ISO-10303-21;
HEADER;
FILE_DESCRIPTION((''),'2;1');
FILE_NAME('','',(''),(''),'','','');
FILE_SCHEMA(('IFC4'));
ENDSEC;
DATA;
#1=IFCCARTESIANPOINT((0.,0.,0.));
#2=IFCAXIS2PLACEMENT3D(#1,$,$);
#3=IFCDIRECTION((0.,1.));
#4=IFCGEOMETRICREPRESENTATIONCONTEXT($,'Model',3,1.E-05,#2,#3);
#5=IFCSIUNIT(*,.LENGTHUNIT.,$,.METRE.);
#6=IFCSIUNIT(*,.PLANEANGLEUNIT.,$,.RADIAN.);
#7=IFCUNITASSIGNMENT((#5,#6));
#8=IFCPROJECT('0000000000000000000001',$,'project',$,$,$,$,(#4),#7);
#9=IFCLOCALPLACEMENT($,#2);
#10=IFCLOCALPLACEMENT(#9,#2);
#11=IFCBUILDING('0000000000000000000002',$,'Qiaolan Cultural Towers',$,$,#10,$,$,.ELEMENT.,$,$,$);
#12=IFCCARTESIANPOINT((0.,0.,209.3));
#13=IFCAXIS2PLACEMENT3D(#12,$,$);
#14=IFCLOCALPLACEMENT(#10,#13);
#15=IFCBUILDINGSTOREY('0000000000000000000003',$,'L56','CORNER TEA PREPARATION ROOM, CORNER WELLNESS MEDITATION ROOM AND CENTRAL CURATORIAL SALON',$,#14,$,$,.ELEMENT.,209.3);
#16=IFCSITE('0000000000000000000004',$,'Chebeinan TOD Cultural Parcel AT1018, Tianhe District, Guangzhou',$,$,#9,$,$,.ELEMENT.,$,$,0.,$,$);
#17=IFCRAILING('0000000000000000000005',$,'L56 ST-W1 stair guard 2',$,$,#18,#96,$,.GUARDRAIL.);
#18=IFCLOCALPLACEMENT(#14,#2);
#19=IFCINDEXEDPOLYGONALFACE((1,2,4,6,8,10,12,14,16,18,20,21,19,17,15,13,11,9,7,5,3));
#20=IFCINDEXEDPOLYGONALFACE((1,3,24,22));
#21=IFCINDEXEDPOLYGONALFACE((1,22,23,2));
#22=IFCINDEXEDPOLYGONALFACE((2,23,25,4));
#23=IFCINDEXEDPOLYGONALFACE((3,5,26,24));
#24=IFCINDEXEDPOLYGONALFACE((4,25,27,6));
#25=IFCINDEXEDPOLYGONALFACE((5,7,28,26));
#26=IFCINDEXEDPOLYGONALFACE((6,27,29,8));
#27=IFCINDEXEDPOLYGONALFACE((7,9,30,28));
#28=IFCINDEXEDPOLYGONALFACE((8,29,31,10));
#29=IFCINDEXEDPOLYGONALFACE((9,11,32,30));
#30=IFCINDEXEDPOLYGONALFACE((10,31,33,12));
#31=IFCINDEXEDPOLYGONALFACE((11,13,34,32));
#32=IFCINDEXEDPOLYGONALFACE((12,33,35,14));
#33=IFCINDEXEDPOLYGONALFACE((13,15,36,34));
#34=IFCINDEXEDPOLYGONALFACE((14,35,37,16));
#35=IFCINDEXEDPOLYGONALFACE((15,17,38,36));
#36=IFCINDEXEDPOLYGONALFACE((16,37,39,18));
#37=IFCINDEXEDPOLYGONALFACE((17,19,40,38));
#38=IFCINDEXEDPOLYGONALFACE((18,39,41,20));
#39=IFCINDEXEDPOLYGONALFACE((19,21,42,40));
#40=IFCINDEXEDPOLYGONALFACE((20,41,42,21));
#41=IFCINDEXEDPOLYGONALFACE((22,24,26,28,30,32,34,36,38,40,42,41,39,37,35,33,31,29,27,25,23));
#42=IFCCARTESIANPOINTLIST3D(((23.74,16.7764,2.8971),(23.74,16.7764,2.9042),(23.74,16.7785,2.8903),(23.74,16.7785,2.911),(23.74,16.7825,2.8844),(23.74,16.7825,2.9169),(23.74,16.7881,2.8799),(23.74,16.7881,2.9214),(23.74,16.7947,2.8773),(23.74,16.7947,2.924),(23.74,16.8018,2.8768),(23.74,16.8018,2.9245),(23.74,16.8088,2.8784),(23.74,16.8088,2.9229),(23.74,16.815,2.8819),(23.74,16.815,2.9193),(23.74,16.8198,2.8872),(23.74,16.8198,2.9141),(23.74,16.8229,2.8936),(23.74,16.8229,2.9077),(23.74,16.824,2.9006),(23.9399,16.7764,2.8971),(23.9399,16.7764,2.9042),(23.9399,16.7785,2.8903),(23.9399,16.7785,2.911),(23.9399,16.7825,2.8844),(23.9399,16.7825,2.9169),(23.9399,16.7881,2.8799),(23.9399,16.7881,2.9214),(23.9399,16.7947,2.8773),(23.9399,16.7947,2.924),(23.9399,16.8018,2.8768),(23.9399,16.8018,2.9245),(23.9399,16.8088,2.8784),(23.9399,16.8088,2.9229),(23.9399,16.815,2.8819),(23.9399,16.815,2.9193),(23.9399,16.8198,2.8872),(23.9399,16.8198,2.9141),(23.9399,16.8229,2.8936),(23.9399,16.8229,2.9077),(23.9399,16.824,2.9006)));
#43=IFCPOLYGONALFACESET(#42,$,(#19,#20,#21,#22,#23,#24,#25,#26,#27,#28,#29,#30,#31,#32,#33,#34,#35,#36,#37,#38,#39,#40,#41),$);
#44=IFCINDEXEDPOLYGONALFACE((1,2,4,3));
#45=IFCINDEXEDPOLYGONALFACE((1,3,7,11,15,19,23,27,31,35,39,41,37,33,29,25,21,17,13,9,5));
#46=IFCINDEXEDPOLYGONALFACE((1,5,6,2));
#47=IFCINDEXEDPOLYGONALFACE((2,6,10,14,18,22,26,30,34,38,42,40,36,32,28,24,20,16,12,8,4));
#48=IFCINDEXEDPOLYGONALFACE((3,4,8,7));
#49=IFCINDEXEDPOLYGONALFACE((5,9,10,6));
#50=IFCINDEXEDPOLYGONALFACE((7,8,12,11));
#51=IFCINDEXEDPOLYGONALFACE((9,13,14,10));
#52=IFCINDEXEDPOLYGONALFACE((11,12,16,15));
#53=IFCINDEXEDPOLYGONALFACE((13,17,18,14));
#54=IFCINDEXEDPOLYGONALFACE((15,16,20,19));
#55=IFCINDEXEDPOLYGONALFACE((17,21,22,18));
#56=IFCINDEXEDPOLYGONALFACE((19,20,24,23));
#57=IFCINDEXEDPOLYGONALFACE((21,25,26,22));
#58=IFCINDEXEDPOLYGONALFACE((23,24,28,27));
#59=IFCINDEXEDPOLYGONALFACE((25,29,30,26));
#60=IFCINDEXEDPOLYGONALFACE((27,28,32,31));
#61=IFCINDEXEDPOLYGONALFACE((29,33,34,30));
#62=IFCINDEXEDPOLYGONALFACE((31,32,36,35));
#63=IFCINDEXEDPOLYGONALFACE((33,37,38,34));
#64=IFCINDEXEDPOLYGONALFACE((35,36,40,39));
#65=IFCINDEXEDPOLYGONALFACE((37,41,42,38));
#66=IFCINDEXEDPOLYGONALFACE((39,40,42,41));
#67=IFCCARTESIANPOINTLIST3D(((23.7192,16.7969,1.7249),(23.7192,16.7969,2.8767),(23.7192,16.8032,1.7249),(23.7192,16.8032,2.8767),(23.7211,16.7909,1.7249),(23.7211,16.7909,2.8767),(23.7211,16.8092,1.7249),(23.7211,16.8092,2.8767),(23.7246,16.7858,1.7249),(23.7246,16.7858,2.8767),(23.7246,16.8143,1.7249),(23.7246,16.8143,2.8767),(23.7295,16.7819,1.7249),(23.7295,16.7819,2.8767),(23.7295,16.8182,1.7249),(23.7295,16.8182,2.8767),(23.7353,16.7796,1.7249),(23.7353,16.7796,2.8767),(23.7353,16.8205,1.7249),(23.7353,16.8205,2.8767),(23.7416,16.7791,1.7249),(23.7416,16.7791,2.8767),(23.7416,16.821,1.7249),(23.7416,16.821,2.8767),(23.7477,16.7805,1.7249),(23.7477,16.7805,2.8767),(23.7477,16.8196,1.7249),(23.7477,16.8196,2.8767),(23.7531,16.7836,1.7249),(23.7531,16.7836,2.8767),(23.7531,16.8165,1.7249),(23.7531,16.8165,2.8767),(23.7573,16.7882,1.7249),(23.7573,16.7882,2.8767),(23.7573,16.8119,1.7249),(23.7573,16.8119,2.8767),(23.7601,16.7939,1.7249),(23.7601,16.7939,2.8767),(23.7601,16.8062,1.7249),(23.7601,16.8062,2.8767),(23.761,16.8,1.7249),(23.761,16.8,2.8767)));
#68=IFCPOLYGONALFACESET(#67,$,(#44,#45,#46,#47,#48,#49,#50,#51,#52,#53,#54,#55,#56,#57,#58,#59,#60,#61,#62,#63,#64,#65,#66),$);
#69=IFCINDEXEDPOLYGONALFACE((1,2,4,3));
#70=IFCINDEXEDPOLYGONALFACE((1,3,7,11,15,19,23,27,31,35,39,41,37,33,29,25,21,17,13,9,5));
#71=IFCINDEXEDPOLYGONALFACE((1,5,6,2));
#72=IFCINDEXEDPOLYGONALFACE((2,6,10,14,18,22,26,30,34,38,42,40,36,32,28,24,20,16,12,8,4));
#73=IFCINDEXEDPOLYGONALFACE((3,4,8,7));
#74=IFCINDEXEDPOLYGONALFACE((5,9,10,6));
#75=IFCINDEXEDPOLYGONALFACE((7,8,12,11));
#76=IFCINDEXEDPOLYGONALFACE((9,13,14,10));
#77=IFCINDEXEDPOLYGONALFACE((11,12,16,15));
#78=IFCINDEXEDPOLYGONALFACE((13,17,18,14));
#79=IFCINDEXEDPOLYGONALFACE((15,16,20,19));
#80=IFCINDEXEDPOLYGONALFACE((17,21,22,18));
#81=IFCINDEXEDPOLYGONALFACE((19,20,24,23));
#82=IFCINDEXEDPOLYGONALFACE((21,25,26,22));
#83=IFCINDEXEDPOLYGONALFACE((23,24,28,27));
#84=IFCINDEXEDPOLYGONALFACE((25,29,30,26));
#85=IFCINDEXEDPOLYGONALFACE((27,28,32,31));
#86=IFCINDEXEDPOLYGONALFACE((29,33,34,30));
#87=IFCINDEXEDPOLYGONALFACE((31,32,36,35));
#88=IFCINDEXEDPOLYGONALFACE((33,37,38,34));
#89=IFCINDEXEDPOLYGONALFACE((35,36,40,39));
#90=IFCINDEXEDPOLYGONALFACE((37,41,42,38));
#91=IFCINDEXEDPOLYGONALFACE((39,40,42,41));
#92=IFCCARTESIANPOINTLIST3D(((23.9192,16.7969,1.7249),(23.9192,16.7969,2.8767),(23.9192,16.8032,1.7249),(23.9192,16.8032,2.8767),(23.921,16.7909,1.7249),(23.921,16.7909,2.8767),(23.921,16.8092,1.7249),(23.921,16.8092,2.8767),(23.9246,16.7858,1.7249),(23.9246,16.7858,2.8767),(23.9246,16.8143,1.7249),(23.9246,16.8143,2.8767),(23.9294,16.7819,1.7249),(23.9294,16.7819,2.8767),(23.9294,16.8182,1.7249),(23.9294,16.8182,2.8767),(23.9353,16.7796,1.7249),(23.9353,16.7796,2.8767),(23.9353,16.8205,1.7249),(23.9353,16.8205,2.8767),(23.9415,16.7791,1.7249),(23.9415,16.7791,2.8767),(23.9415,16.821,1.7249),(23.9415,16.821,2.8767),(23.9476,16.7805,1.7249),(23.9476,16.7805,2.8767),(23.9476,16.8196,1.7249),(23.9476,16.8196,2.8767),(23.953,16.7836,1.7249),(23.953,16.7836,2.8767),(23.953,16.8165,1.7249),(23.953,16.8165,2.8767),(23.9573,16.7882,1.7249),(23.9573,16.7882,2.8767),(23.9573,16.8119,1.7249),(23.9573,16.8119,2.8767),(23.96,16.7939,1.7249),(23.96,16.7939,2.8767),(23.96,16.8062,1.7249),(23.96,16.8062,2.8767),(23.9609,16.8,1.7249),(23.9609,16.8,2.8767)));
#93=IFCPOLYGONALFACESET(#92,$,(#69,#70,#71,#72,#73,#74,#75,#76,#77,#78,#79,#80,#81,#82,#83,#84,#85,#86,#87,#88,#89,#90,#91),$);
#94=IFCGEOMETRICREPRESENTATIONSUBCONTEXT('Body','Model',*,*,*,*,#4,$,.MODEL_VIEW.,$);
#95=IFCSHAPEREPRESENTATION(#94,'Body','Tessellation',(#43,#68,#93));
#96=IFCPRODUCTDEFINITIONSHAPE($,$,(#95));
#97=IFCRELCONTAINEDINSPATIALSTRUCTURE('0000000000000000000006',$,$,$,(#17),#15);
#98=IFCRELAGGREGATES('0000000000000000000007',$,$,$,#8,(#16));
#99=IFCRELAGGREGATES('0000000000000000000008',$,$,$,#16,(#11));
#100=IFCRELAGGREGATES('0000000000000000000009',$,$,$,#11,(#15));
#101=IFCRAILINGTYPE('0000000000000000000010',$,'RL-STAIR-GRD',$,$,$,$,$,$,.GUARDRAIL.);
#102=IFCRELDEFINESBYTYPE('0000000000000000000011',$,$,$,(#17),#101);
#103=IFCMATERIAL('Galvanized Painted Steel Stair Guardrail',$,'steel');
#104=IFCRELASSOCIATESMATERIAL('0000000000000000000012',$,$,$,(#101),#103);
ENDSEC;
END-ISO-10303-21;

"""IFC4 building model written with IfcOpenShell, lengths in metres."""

from ifc_helpers import new_model, si_unit, direction, frame, origin, origin_2d, place, context, subcontext, project, spatial, circle, extrude, material, type_object, element, save


model = new_model("IFC4")

# Units and contexts
model_context = context("Model", 3, precision=1e-05, world=origin(), true_north=direction((0.0, 1.0)))
body_context = subcontext(model_context, "Body", "Model", "MODEL_VIEW")
ifc_project = project(units=[si_unit("LENGTHUNIT", "METRE"), si_unit("PLANEANGLEUNIT", "RADIAN")], contexts=[model_context])

# Site, building, storey
site_placement = place(None, origin())
site = spatial("IfcSite", under=ifc_project, at=site_placement, Name="Chebeinan TOD Cultural Parcel AT1018, Tianhe District, Guangzhou", CompositionType="ELEMENT", RefElevation=0.0)
building_placement = place(site_placement, origin())
building = spatial("IfcBuilding", under=site, at=building_placement, Name="Qiaolan Cultural Towers", CompositionType="ELEMENT")
storey_placement = place(building_placement, frame((0.0, 0.0, 209.3)))
storey = spatial("IfcBuildingStorey", under=building, at=storey_placement, Name="L56", Description="CORNER TEA PREPARATION ROOM, CORNER WELLNESS MEDITATION ROOM AND CENTRAL CURATORIAL SALON", CompositionType="ELEMENT", Elevation=209.3)

# Railing
ifc_material_1 = material(Name="Galvanized Painted Steel Stair Guardrail", Category="steel")
railing_type_1 = type_object("IfcRailingType", Name="RL-STAIR-GRD", PredefinedType="GUARDRAIL", material=ifc_material_1)
railing_1_placement = place(storey_placement, frame((23.74, 16.8, 1.7249)))
element("IfcRailing", 1, at=railing_1_placement, inside=storey, type_object=railing_type_1, Name="L56 ST-W1 stair guard 2", PredefinedType="GUARDRAIL", context=body_context, shape_type="SweptSolid", body=[
    extrude(circle(Radius=0.0239, at=origin_2d()), frame((0.0, 0.0, 1.1758), z_axis=(1.0, 0.0, 0.0), x_axis=(0.0, 1.0, 0.0)), (0.0, 0.0, 1.0), 0.2),
    extrude(circle(Radius=0.021, at=origin_2d()), origin(), (0.0, 0.0, 1.0), 1.1519),
    extrude(circle(Radius=0.021, at=origin_2d()), frame((0.2, 0.0, 0.0)), (0.0, 0.0, 1.0), 1.1519),
])

save(model, "model.ifc")
